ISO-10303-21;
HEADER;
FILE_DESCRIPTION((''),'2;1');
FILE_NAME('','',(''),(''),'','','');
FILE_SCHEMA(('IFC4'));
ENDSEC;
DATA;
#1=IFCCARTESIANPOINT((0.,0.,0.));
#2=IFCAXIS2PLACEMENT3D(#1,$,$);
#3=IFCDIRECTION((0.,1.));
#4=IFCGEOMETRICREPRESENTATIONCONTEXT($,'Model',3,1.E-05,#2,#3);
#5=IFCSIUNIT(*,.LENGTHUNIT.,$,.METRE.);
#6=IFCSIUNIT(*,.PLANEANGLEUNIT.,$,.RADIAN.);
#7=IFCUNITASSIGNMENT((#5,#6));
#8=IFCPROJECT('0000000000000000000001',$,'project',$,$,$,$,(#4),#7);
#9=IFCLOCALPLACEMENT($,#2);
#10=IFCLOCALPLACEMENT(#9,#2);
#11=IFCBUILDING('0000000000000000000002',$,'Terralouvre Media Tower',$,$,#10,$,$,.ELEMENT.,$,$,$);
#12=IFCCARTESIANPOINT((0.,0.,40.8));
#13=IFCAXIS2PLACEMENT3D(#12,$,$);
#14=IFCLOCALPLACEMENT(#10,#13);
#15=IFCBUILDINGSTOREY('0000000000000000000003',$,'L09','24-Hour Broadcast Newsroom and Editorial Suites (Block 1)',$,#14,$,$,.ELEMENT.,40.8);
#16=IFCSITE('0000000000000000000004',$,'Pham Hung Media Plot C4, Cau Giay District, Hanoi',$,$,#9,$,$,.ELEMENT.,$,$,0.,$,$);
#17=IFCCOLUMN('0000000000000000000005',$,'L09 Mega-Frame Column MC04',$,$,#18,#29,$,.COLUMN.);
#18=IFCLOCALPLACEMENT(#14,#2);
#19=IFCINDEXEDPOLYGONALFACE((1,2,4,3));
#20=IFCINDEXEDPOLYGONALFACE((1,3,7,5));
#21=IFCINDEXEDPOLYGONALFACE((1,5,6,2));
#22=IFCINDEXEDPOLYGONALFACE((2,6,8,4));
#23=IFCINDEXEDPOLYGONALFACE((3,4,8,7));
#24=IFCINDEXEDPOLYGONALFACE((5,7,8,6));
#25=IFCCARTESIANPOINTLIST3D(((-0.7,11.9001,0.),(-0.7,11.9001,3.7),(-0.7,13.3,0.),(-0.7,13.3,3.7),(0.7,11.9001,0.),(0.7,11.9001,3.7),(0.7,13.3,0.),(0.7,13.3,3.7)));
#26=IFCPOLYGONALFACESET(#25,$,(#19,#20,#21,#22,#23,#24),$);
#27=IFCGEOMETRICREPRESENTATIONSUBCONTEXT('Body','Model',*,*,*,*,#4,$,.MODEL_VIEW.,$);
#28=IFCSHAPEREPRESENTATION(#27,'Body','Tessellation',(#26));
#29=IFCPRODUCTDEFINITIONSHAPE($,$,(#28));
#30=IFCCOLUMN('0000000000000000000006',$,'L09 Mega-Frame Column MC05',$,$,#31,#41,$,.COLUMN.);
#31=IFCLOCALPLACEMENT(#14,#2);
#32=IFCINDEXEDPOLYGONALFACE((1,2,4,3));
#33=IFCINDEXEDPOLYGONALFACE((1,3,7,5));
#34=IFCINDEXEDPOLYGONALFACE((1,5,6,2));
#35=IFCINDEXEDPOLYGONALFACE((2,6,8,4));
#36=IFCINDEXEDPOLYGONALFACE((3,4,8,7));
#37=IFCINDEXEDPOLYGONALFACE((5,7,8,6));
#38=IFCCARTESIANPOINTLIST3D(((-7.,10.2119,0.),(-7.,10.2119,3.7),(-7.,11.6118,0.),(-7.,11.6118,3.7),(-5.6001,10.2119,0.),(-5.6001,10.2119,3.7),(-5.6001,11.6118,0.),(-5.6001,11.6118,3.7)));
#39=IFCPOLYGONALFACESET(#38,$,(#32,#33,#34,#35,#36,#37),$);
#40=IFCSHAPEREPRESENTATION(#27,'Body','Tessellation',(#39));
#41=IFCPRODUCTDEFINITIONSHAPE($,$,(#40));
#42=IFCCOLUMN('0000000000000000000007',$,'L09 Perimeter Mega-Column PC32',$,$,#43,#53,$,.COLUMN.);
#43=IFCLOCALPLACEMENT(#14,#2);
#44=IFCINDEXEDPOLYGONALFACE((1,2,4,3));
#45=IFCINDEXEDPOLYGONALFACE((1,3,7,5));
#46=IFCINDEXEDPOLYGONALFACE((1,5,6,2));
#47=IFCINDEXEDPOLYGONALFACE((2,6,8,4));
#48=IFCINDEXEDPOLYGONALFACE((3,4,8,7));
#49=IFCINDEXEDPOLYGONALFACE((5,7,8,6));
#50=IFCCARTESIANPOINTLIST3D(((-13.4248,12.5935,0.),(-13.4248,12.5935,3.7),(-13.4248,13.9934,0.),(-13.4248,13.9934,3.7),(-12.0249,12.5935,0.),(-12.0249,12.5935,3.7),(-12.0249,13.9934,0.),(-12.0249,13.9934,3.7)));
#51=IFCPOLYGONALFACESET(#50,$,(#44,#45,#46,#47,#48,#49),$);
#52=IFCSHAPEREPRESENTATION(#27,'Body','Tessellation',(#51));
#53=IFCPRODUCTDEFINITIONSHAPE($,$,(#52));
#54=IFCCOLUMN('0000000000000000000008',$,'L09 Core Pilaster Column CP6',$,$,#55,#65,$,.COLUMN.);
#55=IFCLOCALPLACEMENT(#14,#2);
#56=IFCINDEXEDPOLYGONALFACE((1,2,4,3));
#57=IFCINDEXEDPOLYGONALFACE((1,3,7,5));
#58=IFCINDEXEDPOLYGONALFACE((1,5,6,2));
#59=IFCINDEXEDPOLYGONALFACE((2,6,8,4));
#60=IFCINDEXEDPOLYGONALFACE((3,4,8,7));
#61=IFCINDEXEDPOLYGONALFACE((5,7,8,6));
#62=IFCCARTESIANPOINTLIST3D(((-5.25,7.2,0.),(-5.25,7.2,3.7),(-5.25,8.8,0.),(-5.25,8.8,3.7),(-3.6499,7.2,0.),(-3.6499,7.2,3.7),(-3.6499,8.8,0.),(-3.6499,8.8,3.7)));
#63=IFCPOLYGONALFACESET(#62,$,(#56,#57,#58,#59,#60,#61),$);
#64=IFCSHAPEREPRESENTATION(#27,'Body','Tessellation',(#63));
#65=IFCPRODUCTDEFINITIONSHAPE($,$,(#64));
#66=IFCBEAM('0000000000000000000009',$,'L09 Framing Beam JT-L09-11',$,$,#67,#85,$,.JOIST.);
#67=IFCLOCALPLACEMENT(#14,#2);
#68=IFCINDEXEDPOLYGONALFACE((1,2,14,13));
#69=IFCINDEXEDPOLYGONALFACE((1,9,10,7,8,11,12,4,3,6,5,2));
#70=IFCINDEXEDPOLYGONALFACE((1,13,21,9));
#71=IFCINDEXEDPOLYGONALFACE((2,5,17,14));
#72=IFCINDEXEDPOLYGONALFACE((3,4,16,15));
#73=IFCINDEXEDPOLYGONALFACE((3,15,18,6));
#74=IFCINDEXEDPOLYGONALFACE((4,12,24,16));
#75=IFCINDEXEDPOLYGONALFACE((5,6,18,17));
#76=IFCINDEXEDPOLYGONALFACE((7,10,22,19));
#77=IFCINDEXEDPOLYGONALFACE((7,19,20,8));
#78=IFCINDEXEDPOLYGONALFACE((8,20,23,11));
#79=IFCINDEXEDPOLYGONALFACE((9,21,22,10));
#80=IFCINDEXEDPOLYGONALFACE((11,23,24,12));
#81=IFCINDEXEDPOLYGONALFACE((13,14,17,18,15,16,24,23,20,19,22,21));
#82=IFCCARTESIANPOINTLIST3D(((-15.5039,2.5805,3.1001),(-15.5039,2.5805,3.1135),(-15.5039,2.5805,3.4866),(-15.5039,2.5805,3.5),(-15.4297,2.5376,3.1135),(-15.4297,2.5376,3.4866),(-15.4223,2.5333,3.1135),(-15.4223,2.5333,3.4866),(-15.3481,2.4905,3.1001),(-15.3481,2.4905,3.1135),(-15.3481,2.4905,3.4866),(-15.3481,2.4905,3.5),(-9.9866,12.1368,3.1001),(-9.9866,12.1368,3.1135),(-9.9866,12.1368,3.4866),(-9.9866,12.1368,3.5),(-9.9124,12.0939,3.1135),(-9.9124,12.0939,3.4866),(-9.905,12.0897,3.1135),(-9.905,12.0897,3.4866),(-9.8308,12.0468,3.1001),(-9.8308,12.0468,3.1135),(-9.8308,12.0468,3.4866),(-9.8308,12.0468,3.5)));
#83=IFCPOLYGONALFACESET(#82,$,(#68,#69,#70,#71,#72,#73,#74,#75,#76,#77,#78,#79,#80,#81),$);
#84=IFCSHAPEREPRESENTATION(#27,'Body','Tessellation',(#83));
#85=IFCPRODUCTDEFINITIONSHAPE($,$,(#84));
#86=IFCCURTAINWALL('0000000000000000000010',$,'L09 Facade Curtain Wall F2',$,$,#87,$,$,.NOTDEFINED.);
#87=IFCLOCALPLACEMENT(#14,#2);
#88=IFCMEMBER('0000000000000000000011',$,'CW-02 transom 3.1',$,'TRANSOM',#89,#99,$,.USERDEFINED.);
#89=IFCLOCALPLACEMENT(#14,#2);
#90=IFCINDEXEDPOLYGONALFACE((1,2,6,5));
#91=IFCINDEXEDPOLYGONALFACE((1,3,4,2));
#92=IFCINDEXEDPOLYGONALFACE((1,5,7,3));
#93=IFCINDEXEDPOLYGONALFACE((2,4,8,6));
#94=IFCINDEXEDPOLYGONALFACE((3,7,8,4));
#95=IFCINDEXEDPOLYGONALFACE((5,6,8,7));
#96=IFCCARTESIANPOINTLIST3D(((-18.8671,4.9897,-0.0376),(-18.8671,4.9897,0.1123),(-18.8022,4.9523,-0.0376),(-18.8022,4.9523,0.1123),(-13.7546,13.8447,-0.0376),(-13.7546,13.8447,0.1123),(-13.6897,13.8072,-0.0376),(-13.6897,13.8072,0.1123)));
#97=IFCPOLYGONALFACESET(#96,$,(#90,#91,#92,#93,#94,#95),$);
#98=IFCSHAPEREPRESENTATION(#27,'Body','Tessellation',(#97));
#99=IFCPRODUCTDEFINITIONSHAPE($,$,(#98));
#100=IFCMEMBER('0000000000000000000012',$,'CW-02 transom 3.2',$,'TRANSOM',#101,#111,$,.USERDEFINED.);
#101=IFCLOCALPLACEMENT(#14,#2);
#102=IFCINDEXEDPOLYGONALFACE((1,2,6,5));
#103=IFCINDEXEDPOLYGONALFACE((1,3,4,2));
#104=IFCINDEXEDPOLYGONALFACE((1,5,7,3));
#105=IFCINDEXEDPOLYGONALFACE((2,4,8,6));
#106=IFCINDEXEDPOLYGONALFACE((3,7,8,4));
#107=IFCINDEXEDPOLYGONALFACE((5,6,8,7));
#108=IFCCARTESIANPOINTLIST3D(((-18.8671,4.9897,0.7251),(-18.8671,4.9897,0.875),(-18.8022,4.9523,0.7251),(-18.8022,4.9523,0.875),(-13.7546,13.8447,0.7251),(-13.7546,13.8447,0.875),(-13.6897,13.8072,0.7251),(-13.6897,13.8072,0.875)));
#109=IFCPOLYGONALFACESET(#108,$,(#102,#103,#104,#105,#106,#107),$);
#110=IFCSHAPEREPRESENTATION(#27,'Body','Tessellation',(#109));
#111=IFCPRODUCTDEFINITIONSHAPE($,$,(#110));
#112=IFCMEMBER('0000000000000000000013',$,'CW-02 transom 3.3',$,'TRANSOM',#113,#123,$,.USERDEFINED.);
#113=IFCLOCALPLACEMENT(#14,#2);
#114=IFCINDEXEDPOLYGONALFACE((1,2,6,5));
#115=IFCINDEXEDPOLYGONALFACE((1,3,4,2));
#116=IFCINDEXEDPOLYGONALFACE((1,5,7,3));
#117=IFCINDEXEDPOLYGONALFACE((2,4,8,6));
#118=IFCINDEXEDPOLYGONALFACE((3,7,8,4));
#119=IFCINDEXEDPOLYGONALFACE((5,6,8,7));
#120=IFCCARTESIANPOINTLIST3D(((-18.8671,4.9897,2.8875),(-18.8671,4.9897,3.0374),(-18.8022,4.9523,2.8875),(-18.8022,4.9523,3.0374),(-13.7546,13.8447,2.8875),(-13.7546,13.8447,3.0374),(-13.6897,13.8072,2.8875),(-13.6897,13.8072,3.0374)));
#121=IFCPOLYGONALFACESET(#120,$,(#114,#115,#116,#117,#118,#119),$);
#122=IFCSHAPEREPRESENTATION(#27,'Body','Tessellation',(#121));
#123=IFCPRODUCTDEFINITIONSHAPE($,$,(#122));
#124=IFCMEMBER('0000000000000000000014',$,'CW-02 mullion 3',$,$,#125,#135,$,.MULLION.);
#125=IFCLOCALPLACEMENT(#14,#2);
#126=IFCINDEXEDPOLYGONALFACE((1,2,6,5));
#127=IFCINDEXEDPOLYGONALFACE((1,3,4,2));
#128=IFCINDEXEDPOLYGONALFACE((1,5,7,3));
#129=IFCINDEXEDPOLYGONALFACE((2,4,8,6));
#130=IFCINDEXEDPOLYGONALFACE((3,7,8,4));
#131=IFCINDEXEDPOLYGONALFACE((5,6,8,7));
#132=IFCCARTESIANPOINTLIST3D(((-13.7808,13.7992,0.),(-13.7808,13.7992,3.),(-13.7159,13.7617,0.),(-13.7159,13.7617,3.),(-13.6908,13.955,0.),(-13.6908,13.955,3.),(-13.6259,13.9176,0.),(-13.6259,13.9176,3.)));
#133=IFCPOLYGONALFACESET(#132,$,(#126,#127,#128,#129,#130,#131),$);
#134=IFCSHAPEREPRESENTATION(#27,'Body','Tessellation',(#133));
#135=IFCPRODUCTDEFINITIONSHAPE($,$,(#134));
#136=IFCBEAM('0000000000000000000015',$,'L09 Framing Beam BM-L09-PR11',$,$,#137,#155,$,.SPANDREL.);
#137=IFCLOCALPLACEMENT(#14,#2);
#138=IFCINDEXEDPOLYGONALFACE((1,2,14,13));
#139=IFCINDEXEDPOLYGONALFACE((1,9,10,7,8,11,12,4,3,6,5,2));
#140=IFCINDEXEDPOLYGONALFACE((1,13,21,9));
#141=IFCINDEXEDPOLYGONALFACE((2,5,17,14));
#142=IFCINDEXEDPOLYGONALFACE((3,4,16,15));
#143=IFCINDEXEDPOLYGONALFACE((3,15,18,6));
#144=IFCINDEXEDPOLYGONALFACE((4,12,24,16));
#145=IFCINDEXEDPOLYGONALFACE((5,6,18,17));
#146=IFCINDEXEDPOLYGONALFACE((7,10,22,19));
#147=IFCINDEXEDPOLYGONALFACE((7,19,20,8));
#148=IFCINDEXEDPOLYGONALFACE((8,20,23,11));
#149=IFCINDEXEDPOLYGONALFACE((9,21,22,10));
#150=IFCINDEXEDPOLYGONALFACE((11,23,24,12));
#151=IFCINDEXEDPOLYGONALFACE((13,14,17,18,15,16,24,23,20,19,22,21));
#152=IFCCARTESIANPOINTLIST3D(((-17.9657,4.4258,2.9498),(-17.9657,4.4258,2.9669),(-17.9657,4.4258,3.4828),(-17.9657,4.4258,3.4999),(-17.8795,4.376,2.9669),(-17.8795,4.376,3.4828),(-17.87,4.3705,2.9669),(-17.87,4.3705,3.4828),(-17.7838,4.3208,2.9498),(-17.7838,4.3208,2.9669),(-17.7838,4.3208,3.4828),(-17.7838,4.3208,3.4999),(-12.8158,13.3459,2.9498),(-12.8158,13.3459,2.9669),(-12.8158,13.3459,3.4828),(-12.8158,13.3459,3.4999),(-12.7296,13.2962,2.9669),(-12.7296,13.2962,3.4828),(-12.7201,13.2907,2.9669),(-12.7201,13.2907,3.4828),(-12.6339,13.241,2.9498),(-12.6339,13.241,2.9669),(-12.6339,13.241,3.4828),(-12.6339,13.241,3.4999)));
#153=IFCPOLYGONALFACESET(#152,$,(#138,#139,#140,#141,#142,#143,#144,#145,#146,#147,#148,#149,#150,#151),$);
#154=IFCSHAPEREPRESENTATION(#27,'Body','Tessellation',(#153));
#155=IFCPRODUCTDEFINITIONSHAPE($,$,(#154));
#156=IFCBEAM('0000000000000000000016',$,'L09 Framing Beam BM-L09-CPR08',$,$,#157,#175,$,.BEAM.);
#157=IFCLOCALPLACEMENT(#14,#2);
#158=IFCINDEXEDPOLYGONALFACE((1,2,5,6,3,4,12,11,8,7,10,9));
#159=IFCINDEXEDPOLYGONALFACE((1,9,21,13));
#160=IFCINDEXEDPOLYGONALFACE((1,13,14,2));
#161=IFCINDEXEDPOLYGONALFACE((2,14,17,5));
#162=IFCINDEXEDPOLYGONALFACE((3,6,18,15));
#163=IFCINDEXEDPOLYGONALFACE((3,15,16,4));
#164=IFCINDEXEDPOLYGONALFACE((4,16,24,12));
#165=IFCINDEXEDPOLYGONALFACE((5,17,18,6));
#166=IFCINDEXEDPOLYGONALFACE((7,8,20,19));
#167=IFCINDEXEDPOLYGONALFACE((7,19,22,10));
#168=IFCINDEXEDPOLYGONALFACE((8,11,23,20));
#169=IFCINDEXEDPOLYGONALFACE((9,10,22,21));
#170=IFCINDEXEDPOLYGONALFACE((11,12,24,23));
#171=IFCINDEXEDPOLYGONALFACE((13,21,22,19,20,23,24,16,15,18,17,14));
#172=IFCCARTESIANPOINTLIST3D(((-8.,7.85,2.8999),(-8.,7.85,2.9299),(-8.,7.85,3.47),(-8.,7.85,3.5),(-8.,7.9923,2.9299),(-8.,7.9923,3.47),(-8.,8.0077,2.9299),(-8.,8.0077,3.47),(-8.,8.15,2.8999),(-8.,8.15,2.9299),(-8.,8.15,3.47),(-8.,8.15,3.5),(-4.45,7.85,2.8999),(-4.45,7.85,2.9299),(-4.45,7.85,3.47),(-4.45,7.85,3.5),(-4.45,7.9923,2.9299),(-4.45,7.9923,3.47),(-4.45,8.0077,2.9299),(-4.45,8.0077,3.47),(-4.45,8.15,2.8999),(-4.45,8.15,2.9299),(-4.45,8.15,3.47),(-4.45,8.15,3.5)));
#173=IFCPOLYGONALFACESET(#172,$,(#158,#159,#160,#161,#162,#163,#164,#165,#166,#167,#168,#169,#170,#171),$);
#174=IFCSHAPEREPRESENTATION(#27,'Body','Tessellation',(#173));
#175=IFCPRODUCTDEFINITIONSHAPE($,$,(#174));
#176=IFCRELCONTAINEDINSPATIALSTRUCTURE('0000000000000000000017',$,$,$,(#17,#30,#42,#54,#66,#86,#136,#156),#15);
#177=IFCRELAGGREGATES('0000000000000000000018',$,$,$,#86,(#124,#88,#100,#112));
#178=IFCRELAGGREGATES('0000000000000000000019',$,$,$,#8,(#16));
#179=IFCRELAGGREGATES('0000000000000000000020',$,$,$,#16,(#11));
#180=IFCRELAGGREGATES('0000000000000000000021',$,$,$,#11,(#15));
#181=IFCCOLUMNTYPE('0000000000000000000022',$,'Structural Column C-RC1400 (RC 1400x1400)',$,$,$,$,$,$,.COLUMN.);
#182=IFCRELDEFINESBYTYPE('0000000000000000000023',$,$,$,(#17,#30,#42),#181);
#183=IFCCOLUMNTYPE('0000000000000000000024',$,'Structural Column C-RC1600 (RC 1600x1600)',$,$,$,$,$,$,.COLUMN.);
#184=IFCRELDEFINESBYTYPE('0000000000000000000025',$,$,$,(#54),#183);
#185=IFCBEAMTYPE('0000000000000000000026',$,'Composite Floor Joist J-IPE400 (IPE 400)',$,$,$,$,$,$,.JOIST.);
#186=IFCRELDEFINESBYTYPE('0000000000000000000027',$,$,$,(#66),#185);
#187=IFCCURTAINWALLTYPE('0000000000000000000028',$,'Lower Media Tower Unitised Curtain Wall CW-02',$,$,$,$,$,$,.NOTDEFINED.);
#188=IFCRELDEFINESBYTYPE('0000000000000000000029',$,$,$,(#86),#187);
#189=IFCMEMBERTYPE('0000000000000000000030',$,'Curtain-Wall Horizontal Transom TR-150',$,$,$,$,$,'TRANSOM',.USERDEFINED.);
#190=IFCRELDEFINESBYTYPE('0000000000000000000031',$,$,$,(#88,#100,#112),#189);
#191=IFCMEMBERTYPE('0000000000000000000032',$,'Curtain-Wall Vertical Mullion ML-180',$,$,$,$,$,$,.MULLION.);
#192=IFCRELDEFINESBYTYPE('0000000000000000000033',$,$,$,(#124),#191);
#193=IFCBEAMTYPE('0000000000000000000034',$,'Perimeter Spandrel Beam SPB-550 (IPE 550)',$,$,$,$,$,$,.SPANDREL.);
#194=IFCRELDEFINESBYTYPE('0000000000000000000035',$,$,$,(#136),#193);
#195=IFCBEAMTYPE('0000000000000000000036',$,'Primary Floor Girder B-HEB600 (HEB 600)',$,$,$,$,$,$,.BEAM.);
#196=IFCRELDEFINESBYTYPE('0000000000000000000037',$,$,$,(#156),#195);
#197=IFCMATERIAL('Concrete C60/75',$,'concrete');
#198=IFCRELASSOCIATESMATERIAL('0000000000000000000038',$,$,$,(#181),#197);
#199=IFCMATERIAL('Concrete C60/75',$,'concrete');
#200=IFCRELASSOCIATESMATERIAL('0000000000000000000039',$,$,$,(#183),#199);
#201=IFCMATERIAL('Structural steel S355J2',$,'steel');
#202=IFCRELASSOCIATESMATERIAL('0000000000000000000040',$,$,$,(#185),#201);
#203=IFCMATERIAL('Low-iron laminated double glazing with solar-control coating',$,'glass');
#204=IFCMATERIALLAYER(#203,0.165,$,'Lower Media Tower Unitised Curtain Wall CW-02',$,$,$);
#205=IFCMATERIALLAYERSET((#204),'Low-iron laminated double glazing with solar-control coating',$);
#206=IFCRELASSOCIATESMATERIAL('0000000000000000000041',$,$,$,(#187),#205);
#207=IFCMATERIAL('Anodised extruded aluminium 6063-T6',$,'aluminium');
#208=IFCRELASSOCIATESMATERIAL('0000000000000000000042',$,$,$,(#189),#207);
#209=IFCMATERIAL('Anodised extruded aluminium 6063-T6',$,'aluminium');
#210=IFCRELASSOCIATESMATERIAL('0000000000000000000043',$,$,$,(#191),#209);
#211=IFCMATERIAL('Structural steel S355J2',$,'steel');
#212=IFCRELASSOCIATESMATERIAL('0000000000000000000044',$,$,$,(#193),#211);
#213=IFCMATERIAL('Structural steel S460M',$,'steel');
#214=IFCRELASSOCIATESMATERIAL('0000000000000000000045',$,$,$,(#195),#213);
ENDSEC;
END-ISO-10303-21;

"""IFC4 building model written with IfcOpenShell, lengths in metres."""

from ifc_helpers import new_model, si_unit, direction, frame, origin, origin_2d, place, context, subcontext, project, spatial, rectangle, i_section, extrude, material, layer, layer_set, material_profile, profile_set, type_object, element, aggregate, save


model = new_model("IFC4")

# Units and contexts
model_context = context("Model", 3, precision=1e-05, world=origin(), true_north=direction((0.0, 1.0)))
body_context = subcontext(model_context, "Body", "Model", "MODEL_VIEW")
ifc_project = project(units=[si_unit("LENGTHUNIT", "METRE"), si_unit("PLANEANGLEUNIT", "RADIAN")], contexts=[model_context])

# Site, building, storey
site_placement = place(None, origin())
site = spatial("IfcSite", under=ifc_project, at=site_placement, Name="Pham Hung Media Plot C4, Cau Giay District, Hanoi", CompositionType="ELEMENT", RefElevation=0.0)
building_placement = place(site_placement, origin())
building = spatial("IfcBuilding", under=site, at=building_placement, Name="Terralouvre Media Tower", CompositionType="ELEMENT")
storey_placement = place(building_placement, frame((0.0, 0.0, 40.8)))
storey = spatial("IfcBuildingStorey", under=building, at=storey_placement, Name="L09", Description="24-Hour Broadcast Newsroom and Editorial Suites (Block 1)", CompositionType="ELEMENT", Elevation=40.8)

# Columns
ifc_material_1 = material(Name="Concrete C60/75", Category="concrete")
ifc_material_profile_1 = material_profile(ifc_material_1, rectangle(XDim=1.3999, YDim=1.3999, at=origin_2d()), Name="RC 1400x1400")
ifc_profile_set_1 = profile_set([ifc_material_profile_1], Name="Concrete C60/75")
column_type_1 = type_object("IfcColumnType", Name="Structural Column C-RC1400 (RC 1400x1400)", PredefinedType="COLUMN", material=ifc_profile_set_1)
for number, where, z_axis, x_axis, name in (
    (1, (0.0, 12.6001, 0.0), (0.0, 0.0, 1.0), (1.0, 0.0, 0.0), "L09 Mega-Frame Column MC04"),
    (2, (-6.3, 10.9119, 0.0), (0.0, 0.0, 1.0), (1.0, 0.0, 0.0), "L09 Mega-Frame Column MC05"),
    (3, (-12.7249, 13.2935, 0.0), (0.0, 0.0, 1.0), (1.0, 0.0, 0.0), "L09 Perimeter Mega-Column PC32"),
):
    element("IfcColumn", number, at=place(storey_placement, frame(where, z_axis=z_axis, x_axis=x_axis)), inside=storey, type_object=column_type_1, Name=name, PredefinedType="COLUMN", context=body_context, shape_type="SweptSolid", body=[
        extrude(rectangle(XDim=1.3999, YDim=1.3999, at=origin_2d()), origin(), (0.0, 0.0, 1.0), 3.7),
    ])
ifc_material_2 = material(Name="Concrete C60/75", Category="concrete")
ifc_material_profile_2 = material_profile(ifc_material_2, rectangle(XDim=1.6001, YDim=1.6001, at=origin_2d()), Name="RC 1600x1600")
ifc_profile_set_2 = profile_set([ifc_material_profile_2], Name="Concrete C60/75")
column_type_2 = type_object("IfcColumnType", Name="Structural Column C-RC1600 (RC 1600x1600)", PredefinedType="COLUMN", material=ifc_profile_set_2)
column_placement = place(storey_placement, frame((-4.45, 8.0, 0.0), z_axis=(0.0, 0.0, 1.0), x_axis=(1.0, 0.0, 0.0)))
element("IfcColumn", 4, at=column_placement, inside=storey, type_object=column_type_2, Name="L09 Core Pilaster Column CP6", PredefinedType="COLUMN", context=body_context, shape_type="SweptSolid", body=[
    extrude(rectangle(XDim=1.6001, YDim=1.6001, at=origin_2d()), origin(), (0.0, 0.0, 1.0), 3.7),
])

# Beam
ifc_material_3 = material(Name="Structural steel S355J2", Category="steel")
ifc_material_profile_3 = material_profile(ifc_material_3, i_section(OverallWidth=0.1799, OverallDepth=0.3999, WebThickness=0.0085, FlangeThickness=0.0134, at=origin_2d()), Name="IPE 400")
ifc_profile_set_3 = profile_set([ifc_material_profile_3], Name="Structural steel S355J2")
beam_type_1 = type_object("IfcBeamType", Name="Composite Floor Joist J-IPE400 (IPE 400)", PredefinedType="JOIST", material=ifc_profile_set_3)
beam_1_placement = place(storey_placement, frame((-9.9087, 12.0918, 3.3), z_axis=(-0.499996, -0.866028, 0.0), x_axis=(0.866028, -0.499996, 0.0)))
element("IfcBeam", 5, at=beam_1_placement, inside=storey, type_object=beam_type_1, Name="L09 Framing Beam JT-L09-11", PredefinedType="JOIST", context=body_context, shape_type="SweptSolid", body=[
    extrude(i_section(OverallWidth=0.1799, OverallDepth=0.3999, WebThickness=0.0085, FlangeThickness=0.0134, at=origin_2d()), origin(), (0.0, 0.0, 1.0), 11.0347),
])

# Curtain wall, members
ifc_material_4 = material(Name="Low-iron laminated double glazing with solar-control coating", Category="glass")
ifc_layer_1 = layer(ifc_material_4, 0.165, Name="Lower Media Tower Unitised Curtain Wall CW-02")
ifc_layer_set_1 = layer_set([ifc_layer_1], Name="Low-iron laminated double glazing with solar-control coating")
curtain_wall_type = type_object("IfcCurtainWallType", Name="Lower Media Tower Unitised Curtain Wall CW-02", PredefinedType="NOTDEFINED", material=ifc_layer_set_1)
curtain_wall_placement = place(storey_placement, origin())
curtain_wall = element("IfcCurtainWall", 6, at=curtain_wall_placement, inside=storey, type_object=curtain_wall_type, Name="L09 Facade Curtain Wall F2", PredefinedType="NOTDEFINED")
ifc_material_5 = material(Name="Anodised extruded aluminium 6063-T6", Category="aluminium")
ifc_material_profile_4 = material_profile(ifc_material_5, rectangle(XDim=0.075, YDim=0.1499, at=origin_2d()), Name="ALU 75x150")
ifc_profile_set_4 = profile_set([ifc_material_profile_4], Name="Anodised extruded aluminium 6063-T6")
member_type_1 = type_object("IfcMemberType", Name="Curtain-Wall Horizontal Transom TR-150", ElementType="TRANSOM", PredefinedType="USERDEFINED", material=ifc_profile_set_4)
member_1_placement = place(storey_placement, frame((-13.7222, 13.8259, 0.0374), z_axis=(-0.500009, -0.86602, 0.0), x_axis=(0.86602, -0.500009, 0.0)))
member_1 = element("IfcMember", 7, at=member_1_placement, type_object=member_type_1, Name="CW-02 transom 3.1", ObjectType="TRANSOM", PredefinedType="USERDEFINED", context=body_context, shape_type="SweptSolid", body=[
    extrude(rectangle(XDim=0.075, YDim=0.1499, at=origin_2d()), origin(), (0.0, 0.0, 1.0), 10.2249),
])
member_2_placement = place(storey_placement, frame((-13.7222, 13.8259, 0.8), z_axis=(-0.500009, -0.86602, 0.0), x_axis=(0.86602, -0.500009, 0.0)))
member_2 = element("IfcMember", 8, at=member_2_placement, type_object=member_type_1, Name="CW-02 transom 3.2", ObjectType="TRANSOM", PredefinedType="USERDEFINED", context=body_context, shape_type="SweptSolid", body=[
    extrude(rectangle(XDim=0.075, YDim=0.1499, at=origin_2d()), origin(), (0.0, 0.0, 1.0), 10.2249),
])
member_3_placement = place(storey_placement, frame((-13.7222, 13.8259, 2.9624), z_axis=(-0.500009, -0.86602, 0.0), x_axis=(0.86602, -0.500009, 0.0)))
member_3 = element("IfcMember", 9, at=member_3_placement, type_object=member_type_1, Name="CW-02 transom 3.3", ObjectType="TRANSOM", PredefinedType="USERDEFINED", context=body_context, shape_type="SweptSolid", body=[
    extrude(rectangle(XDim=0.075, YDim=0.1499, at=origin_2d()), origin(), (0.0, 0.0, 1.0), 10.2249),
])
ifc_material_6 = material(Name="Anodised extruded aluminium 6063-T6", Category="aluminium")
ifc_material_profile_5 = material_profile(ifc_material_6, rectangle(XDim=0.075, YDim=0.1799, at=origin_2d()), Name="ALU 75x180")
ifc_profile_set_5 = profile_set([ifc_material_profile_5], Name="Anodised extruded aluminium 6063-T6")
member_type_2 = type_object("IfcMemberType", Name="Curtain-Wall Vertical Mullion ML-180", PredefinedType="MULLION", material=ifc_profile_set_5)
member_4_placement = place(storey_placement, frame((-13.7034, 13.8584, 0.0), z_axis=(0.0, 0.0, 1.0), x_axis=(0.866025, -0.5, 0.0)))
member_4 = element("IfcMember", 10, at=member_4_placement, type_object=member_type_2, Name="CW-02 mullion 3", PredefinedType="MULLION", context=body_context, shape_type="SweptSolid", body=[
    extrude(rectangle(XDim=0.075, YDim=0.1799, at=origin_2d()), origin(), (0.0, 0.0, 1.0), 3.0),
])

# Beams
ifc_material_7 = material(Name="Structural steel S355J2", Category="steel")
ifc_material_profile_6 = material_profile(ifc_material_7, i_section(OverallWidth=0.21, OverallDepth=0.55, WebThickness=0.011, FlangeThickness=0.0171, at=origin_2d()), Name="IPE 550")
ifc_profile_set_6 = profile_set([ifc_material_profile_6], Name="Structural steel S355J2")
beam_type_2 = type_object("IfcBeamType", Name="Perimeter Spandrel Beam SPB-550 (IPE 550)", PredefinedType="SPANDREL", material=ifc_profile_set_6)
beam_2_placement = place(storey_placement, frame((-12.7249, 13.2935, 3.2249), z_axis=(-0.499989, -0.866032, 0.0), x_axis=(0.866032, -0.499989, 0.0)))
element("IfcBeam", 11, at=beam_2_placement, inside=storey, type_object=beam_type_2, Name="L09 Framing Beam BM-L09-PR11", PredefinedType="SPANDREL", context=body_context, shape_type="SweptSolid", body=[
    extrude(i_section(OverallWidth=0.21, OverallDepth=0.55, WebThickness=0.011, FlangeThickness=0.0171, at=origin_2d()), origin(), (0.0, 0.0, 1.0), 10.3),
])
ifc_material_8 = material(Name="Structural steel S460M", Category="steel")
ifc_material_profile_7 = material_profile(ifc_material_8, i_section(OverallWidth=0.3, OverallDepth=0.6001, WebThickness=0.0154, FlangeThickness=0.03, at=origin_2d()), Name="HEB 600")
ifc_profile_set_7 = profile_set([ifc_material_profile_7], Name="Structural steel S460M")
beam_type_3 = type_object("IfcBeamType", Name="Primary Floor Girder B-HEB600 (HEB 600)", PredefinedType="BEAM", material=ifc_profile_set_7)
beam_3_placement = place(storey_placement, frame((-4.45, 8.0, 3.2), z_axis=(-1.0, 0.0, 0.0), x_axis=(0.0, -1.0, 0.0)))
element("IfcBeam", 12, at=beam_3_placement, inside=storey, type_object=beam_type_3, Name="L09 Framing Beam BM-L09-CPR08", PredefinedType="BEAM", context=body_context, shape_type="SweptSolid", body=[
    extrude(i_section(OverallWidth=0.3, OverallDepth=0.6001, WebThickness=0.0154, FlangeThickness=0.03, at=origin_2d()), origin(), (0.0, 0.0, 1.0), 3.55),
])

aggregate(curtain_wall, [member_4, member_1, member_2, member_3])

save(model, "model.ifc")
